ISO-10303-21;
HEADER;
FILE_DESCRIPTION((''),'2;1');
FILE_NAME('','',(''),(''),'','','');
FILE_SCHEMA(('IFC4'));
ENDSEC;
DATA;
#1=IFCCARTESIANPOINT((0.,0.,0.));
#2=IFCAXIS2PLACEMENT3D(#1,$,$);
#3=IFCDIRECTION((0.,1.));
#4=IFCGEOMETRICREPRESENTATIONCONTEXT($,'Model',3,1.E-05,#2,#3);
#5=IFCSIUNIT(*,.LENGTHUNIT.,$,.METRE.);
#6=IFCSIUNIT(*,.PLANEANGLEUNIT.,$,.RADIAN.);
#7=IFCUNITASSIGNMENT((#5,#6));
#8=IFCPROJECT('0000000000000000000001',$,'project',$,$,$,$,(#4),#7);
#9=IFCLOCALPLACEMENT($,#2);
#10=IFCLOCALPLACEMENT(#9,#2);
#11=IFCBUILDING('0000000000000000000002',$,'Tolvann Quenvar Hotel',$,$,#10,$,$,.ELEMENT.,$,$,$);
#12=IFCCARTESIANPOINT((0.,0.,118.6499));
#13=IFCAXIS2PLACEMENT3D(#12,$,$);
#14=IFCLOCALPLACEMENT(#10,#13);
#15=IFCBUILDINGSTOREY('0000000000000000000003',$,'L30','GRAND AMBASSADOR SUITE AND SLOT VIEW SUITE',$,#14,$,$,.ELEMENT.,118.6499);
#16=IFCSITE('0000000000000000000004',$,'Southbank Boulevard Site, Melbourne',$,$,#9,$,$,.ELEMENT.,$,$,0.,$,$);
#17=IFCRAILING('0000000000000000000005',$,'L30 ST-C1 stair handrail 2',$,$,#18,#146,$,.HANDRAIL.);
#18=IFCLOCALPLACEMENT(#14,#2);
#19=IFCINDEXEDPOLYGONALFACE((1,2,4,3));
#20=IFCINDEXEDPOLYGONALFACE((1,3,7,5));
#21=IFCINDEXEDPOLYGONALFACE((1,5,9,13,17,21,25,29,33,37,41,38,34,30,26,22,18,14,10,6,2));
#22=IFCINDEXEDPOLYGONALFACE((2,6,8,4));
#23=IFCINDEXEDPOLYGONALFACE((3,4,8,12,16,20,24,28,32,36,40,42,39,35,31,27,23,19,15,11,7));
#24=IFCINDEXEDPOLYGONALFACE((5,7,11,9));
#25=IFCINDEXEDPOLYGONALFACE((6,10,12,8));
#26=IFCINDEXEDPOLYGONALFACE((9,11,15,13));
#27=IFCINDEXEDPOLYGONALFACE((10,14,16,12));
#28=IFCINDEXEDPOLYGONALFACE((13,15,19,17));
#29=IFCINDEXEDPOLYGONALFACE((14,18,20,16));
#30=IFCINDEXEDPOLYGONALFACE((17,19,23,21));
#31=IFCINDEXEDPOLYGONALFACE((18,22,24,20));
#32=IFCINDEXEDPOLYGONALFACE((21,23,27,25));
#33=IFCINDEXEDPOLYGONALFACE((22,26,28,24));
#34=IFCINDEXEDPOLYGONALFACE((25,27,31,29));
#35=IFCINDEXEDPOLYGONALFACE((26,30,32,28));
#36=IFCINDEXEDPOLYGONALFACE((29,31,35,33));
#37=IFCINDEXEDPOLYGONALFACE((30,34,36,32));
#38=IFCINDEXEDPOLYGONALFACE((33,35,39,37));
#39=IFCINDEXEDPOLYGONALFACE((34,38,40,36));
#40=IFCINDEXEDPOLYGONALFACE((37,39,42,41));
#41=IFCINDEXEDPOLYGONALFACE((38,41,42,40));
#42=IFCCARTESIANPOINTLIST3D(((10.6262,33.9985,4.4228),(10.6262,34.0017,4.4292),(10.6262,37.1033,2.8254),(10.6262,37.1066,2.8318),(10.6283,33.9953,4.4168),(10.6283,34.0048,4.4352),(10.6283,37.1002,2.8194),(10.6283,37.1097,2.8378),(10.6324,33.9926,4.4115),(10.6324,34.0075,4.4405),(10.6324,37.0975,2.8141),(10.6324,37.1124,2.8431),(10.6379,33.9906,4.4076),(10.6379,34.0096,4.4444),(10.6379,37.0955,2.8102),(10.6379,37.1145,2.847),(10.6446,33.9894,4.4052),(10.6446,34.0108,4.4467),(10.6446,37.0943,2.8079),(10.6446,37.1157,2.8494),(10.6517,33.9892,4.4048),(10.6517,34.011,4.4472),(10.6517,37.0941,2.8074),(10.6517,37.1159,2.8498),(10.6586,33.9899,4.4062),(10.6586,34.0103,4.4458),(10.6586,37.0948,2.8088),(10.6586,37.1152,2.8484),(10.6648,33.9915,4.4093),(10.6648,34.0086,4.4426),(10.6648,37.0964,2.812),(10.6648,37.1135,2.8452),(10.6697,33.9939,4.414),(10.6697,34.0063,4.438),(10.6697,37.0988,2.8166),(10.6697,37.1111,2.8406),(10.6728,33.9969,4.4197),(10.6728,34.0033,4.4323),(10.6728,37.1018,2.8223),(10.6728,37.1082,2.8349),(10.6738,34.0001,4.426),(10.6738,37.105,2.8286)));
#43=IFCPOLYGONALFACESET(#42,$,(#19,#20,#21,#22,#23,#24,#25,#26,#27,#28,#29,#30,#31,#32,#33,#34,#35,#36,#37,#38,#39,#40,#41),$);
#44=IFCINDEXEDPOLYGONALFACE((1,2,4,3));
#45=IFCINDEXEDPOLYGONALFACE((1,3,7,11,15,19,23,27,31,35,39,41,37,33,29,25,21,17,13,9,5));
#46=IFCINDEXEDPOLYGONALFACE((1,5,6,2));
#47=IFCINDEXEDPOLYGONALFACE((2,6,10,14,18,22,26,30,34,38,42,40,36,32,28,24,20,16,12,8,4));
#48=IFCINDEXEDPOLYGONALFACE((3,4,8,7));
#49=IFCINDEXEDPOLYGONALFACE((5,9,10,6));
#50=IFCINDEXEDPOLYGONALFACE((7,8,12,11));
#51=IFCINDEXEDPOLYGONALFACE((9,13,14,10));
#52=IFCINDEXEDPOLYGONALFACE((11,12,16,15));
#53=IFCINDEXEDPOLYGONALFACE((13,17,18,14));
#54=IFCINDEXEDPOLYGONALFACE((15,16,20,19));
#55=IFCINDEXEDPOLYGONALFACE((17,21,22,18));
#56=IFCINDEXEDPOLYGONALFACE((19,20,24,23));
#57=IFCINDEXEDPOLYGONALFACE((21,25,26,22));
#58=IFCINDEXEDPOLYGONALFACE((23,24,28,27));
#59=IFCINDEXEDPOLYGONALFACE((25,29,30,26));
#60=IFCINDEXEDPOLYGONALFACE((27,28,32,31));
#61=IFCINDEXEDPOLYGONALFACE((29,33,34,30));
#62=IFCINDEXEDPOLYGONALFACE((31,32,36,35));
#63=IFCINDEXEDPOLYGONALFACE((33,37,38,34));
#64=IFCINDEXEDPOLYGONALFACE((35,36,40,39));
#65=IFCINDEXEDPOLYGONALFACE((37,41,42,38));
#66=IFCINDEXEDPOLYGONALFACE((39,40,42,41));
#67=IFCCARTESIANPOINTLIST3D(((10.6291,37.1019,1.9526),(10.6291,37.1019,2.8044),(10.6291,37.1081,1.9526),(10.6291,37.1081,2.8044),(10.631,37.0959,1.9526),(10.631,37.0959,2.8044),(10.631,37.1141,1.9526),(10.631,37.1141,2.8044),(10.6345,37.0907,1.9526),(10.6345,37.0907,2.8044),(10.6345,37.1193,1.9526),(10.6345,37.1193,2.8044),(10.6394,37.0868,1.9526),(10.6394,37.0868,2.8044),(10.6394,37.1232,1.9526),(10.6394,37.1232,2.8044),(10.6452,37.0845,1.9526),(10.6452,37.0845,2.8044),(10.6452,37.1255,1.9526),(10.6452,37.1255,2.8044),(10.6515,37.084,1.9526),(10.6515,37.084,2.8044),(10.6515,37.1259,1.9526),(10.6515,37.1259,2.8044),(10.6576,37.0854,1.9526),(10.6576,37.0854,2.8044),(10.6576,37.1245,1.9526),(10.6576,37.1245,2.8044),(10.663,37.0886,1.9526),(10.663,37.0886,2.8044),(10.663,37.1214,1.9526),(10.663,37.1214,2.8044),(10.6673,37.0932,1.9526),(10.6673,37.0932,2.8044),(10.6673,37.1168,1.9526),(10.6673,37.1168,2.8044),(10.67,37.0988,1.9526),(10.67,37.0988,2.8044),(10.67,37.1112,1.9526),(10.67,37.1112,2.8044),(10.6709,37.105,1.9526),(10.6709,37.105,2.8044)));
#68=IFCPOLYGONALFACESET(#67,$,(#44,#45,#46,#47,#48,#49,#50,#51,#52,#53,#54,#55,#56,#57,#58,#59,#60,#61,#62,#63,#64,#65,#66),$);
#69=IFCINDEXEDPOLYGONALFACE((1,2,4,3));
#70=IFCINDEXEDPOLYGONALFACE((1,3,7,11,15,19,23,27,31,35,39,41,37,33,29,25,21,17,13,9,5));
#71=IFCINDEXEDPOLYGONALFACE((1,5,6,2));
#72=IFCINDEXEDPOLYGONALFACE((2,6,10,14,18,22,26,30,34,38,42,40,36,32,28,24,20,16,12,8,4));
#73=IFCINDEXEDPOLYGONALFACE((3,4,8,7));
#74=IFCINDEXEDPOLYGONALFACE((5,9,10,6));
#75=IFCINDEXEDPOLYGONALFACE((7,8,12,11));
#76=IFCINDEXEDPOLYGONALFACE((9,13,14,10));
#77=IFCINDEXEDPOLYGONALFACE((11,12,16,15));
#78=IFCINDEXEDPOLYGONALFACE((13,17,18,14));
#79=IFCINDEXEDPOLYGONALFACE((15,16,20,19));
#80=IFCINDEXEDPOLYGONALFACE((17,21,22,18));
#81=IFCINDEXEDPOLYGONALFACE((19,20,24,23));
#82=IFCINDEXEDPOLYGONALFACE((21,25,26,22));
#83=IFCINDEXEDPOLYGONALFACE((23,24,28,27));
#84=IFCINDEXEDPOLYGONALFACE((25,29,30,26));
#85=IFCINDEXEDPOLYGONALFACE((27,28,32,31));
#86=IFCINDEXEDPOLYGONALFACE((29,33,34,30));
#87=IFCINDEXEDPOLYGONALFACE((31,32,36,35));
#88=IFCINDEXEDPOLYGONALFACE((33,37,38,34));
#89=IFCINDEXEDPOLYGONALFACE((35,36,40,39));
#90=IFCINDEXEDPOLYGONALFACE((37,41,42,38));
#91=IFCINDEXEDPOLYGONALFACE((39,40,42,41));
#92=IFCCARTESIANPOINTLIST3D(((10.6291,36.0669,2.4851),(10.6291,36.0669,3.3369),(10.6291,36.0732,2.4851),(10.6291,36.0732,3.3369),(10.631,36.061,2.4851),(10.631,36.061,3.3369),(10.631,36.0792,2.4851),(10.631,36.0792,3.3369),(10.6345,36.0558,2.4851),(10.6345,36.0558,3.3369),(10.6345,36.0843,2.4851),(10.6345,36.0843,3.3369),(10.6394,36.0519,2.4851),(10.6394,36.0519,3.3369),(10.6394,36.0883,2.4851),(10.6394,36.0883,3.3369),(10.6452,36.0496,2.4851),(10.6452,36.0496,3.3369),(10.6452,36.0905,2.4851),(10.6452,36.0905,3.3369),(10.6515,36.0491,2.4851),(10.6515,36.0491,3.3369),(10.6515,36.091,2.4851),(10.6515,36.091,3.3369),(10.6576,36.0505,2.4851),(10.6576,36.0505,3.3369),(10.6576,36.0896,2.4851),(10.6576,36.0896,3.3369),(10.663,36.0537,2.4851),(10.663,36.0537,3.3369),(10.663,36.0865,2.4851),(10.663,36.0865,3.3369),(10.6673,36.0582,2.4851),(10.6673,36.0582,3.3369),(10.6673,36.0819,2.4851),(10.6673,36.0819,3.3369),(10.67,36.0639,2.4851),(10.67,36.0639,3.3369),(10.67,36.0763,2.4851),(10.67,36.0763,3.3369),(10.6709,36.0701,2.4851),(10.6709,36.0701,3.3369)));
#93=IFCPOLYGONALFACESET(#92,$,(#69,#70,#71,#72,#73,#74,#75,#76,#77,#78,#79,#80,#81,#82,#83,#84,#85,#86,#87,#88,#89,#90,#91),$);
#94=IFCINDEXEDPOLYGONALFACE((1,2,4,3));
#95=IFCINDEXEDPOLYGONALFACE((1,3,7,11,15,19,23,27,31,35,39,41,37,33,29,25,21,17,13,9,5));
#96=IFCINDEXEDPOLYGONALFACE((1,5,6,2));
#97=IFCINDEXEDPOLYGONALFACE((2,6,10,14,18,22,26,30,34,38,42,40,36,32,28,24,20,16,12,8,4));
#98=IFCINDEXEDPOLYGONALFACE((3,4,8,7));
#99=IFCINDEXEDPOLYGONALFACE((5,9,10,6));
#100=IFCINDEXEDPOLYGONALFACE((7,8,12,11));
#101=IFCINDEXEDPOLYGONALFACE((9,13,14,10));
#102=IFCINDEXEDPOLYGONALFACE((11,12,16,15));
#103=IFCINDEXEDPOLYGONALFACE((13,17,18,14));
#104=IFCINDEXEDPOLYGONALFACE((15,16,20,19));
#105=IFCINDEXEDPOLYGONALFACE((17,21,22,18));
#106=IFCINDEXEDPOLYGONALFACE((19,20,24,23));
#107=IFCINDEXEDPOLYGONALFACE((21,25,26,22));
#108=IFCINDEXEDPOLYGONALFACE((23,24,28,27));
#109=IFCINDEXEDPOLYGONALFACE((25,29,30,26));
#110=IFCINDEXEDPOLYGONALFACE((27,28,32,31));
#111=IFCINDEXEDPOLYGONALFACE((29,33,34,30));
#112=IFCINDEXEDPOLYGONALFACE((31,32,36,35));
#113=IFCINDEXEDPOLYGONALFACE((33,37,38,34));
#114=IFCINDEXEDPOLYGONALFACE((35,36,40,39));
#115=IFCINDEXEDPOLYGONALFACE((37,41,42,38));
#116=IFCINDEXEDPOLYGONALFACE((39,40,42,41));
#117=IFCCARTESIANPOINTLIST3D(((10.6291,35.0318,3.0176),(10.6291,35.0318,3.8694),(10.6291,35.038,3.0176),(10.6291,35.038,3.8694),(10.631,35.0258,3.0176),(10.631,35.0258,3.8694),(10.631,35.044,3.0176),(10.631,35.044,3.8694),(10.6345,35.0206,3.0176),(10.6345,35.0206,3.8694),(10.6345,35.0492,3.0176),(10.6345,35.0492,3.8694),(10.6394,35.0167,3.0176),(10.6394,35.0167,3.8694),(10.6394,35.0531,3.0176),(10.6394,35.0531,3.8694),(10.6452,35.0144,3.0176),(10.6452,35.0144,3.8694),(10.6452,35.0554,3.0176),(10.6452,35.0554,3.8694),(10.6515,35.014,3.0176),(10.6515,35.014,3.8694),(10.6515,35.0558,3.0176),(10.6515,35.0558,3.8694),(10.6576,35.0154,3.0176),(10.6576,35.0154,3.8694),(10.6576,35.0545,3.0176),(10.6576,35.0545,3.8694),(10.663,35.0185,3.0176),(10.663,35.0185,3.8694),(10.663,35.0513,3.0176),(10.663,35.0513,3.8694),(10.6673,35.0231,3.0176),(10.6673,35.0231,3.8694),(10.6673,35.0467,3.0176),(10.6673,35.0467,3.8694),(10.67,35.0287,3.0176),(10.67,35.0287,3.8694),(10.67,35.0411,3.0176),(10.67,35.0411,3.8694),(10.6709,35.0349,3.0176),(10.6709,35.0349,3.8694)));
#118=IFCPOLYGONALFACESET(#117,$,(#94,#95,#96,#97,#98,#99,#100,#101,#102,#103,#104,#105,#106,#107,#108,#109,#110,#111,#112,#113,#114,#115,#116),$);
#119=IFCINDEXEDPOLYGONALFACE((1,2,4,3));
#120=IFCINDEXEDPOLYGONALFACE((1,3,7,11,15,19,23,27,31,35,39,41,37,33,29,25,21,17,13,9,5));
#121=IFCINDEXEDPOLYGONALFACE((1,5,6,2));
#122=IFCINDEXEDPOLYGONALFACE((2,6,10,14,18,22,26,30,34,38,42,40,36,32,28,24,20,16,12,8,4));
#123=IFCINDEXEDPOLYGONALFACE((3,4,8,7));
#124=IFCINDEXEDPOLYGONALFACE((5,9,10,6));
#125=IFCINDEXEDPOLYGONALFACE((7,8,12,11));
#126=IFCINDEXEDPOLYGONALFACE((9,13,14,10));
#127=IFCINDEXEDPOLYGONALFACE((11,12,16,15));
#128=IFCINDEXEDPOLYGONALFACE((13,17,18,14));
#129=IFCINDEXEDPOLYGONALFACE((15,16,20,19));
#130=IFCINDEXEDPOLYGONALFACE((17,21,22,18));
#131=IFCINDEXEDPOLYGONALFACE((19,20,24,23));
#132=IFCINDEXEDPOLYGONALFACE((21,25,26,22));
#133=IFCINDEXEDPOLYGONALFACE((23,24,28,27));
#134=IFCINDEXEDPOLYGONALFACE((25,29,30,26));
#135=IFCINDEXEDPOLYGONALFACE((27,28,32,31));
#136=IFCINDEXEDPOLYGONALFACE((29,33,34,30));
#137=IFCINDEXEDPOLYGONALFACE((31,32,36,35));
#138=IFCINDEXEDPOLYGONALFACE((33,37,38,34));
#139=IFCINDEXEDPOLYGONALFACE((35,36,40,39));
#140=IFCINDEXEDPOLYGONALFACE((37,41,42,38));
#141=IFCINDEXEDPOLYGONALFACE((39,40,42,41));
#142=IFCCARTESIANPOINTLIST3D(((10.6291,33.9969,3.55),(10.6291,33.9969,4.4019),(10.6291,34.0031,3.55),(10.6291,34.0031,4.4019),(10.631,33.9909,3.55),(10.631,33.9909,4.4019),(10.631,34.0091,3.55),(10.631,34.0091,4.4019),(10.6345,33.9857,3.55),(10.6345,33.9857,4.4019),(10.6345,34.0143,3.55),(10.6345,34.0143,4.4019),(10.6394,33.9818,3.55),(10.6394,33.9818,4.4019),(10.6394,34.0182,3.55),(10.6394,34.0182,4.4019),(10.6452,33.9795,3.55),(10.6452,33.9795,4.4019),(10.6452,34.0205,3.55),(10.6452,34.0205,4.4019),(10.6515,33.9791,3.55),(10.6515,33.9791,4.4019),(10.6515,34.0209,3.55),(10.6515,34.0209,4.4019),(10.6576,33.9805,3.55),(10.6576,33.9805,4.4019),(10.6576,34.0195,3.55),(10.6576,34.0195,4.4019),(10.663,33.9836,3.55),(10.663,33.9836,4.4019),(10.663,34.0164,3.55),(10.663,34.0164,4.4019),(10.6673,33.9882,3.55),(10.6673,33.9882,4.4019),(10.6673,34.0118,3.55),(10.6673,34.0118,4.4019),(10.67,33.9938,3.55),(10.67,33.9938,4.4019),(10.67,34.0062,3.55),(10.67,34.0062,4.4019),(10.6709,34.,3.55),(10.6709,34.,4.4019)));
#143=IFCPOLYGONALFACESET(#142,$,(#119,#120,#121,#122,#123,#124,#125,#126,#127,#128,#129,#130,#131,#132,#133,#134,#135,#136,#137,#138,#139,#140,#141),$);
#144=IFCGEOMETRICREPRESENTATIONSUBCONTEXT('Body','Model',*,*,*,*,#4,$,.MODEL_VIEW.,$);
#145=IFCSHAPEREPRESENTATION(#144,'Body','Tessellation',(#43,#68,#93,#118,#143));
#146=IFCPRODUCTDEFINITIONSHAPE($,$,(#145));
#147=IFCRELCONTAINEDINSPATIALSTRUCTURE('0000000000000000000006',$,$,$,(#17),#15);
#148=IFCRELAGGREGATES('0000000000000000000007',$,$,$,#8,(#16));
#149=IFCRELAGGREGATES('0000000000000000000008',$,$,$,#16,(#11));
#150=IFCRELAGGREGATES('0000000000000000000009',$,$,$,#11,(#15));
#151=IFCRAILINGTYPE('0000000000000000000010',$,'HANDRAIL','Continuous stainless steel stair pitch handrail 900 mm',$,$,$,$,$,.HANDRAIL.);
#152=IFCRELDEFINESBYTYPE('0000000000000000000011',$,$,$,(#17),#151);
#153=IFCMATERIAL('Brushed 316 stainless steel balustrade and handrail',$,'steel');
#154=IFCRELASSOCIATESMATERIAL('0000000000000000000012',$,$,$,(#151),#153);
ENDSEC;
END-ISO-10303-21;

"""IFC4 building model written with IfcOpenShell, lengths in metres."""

from ifc_helpers import new_model, si_unit, direction, frame, origin, origin_2d, place, context, subcontext, project, spatial, circle, extrude, material, type_object, element, save


model = new_model("IFC4")

# Units and contexts
model_context = context("Model", 3, precision=1e-05, world=origin(), true_north=direction((0.0, 1.0)))
body_context = subcontext(model_context, "Body", "Model", "MODEL_VIEW")
ifc_project = project(units=[si_unit("LENGTHUNIT", "METRE"), si_unit("PLANEANGLEUNIT", "RADIAN")], contexts=[model_context])

# Site, building, storey
site_placement = place(None, origin())
site = spatial("IfcSite", under=ifc_project, at=site_placement, Name="Southbank Boulevard Site, Melbourne", CompositionType="ELEMENT", RefElevation=0.0)
building_placement = place(site_placement, origin())
building = spatial("IfcBuilding", under=site, at=building_placement, Name="Tolvann Quenvar Hotel", CompositionType="ELEMENT")
storey_placement = place(building_placement, frame((0.0, 0.0, 118.6499)))
storey = spatial("IfcBuildingStorey", under=building, at=storey_placement, Name="L30", Description="GRAND AMBASSADOR SUITE AND SLOT VIEW SUITE", CompositionType="ELEMENT", Elevation=118.6499)

# Railing
ifc_material_1 = material(Name="Brushed 316 stainless steel balustrade and handrail", Category="steel")
railing_type = type_object("IfcRailingType", Name="HANDRAIL", Description="Continuous stainless steel stair pitch handrail 900 mm", PredefinedType="HANDRAIL", material=ifc_material_1)
railing_placement = place(storey_placement, frame((10.6499, 37.105, 1.9526)))
element("IfcRailing", 1, at=railing_placement, inside=storey, type_object=railing_type, Name="L30 ST-C1 stair handrail 2", PredefinedType="HANDRAIL", context=body_context, shape_type="SweptSolid", body=[
    extrude(circle(Radius=0.0239, at=origin_2d()), frame((0.0, 0.0, 0.876), z_axis=(0.0, -0.889222, 0.457476), x_axis=(1.0, 0.0, 0.0)), (0.0, 0.0, 1.0), 3.4917),
    extrude(circle(Radius=0.021, at=origin_2d()), origin(), (0.0, 0.0, 1.0), 0.8518),
    extrude(circle(Radius=0.021, at=origin_2d()), frame((0.0, -1.0349, 0.5325)), (0.0, 0.0, 1.0), 0.8518),
    extrude(circle(Radius=0.021, at=origin_2d()), frame((0.0, -2.0701, 1.0649)), (0.0, 0.0, 1.0), 0.8518),
    extrude(circle(Radius=0.021, at=origin_2d()), frame((0.0, -3.105, 1.5974)), (0.0, 0.0, 1.0), 0.8518),
])

save(model, "model.ifc")
